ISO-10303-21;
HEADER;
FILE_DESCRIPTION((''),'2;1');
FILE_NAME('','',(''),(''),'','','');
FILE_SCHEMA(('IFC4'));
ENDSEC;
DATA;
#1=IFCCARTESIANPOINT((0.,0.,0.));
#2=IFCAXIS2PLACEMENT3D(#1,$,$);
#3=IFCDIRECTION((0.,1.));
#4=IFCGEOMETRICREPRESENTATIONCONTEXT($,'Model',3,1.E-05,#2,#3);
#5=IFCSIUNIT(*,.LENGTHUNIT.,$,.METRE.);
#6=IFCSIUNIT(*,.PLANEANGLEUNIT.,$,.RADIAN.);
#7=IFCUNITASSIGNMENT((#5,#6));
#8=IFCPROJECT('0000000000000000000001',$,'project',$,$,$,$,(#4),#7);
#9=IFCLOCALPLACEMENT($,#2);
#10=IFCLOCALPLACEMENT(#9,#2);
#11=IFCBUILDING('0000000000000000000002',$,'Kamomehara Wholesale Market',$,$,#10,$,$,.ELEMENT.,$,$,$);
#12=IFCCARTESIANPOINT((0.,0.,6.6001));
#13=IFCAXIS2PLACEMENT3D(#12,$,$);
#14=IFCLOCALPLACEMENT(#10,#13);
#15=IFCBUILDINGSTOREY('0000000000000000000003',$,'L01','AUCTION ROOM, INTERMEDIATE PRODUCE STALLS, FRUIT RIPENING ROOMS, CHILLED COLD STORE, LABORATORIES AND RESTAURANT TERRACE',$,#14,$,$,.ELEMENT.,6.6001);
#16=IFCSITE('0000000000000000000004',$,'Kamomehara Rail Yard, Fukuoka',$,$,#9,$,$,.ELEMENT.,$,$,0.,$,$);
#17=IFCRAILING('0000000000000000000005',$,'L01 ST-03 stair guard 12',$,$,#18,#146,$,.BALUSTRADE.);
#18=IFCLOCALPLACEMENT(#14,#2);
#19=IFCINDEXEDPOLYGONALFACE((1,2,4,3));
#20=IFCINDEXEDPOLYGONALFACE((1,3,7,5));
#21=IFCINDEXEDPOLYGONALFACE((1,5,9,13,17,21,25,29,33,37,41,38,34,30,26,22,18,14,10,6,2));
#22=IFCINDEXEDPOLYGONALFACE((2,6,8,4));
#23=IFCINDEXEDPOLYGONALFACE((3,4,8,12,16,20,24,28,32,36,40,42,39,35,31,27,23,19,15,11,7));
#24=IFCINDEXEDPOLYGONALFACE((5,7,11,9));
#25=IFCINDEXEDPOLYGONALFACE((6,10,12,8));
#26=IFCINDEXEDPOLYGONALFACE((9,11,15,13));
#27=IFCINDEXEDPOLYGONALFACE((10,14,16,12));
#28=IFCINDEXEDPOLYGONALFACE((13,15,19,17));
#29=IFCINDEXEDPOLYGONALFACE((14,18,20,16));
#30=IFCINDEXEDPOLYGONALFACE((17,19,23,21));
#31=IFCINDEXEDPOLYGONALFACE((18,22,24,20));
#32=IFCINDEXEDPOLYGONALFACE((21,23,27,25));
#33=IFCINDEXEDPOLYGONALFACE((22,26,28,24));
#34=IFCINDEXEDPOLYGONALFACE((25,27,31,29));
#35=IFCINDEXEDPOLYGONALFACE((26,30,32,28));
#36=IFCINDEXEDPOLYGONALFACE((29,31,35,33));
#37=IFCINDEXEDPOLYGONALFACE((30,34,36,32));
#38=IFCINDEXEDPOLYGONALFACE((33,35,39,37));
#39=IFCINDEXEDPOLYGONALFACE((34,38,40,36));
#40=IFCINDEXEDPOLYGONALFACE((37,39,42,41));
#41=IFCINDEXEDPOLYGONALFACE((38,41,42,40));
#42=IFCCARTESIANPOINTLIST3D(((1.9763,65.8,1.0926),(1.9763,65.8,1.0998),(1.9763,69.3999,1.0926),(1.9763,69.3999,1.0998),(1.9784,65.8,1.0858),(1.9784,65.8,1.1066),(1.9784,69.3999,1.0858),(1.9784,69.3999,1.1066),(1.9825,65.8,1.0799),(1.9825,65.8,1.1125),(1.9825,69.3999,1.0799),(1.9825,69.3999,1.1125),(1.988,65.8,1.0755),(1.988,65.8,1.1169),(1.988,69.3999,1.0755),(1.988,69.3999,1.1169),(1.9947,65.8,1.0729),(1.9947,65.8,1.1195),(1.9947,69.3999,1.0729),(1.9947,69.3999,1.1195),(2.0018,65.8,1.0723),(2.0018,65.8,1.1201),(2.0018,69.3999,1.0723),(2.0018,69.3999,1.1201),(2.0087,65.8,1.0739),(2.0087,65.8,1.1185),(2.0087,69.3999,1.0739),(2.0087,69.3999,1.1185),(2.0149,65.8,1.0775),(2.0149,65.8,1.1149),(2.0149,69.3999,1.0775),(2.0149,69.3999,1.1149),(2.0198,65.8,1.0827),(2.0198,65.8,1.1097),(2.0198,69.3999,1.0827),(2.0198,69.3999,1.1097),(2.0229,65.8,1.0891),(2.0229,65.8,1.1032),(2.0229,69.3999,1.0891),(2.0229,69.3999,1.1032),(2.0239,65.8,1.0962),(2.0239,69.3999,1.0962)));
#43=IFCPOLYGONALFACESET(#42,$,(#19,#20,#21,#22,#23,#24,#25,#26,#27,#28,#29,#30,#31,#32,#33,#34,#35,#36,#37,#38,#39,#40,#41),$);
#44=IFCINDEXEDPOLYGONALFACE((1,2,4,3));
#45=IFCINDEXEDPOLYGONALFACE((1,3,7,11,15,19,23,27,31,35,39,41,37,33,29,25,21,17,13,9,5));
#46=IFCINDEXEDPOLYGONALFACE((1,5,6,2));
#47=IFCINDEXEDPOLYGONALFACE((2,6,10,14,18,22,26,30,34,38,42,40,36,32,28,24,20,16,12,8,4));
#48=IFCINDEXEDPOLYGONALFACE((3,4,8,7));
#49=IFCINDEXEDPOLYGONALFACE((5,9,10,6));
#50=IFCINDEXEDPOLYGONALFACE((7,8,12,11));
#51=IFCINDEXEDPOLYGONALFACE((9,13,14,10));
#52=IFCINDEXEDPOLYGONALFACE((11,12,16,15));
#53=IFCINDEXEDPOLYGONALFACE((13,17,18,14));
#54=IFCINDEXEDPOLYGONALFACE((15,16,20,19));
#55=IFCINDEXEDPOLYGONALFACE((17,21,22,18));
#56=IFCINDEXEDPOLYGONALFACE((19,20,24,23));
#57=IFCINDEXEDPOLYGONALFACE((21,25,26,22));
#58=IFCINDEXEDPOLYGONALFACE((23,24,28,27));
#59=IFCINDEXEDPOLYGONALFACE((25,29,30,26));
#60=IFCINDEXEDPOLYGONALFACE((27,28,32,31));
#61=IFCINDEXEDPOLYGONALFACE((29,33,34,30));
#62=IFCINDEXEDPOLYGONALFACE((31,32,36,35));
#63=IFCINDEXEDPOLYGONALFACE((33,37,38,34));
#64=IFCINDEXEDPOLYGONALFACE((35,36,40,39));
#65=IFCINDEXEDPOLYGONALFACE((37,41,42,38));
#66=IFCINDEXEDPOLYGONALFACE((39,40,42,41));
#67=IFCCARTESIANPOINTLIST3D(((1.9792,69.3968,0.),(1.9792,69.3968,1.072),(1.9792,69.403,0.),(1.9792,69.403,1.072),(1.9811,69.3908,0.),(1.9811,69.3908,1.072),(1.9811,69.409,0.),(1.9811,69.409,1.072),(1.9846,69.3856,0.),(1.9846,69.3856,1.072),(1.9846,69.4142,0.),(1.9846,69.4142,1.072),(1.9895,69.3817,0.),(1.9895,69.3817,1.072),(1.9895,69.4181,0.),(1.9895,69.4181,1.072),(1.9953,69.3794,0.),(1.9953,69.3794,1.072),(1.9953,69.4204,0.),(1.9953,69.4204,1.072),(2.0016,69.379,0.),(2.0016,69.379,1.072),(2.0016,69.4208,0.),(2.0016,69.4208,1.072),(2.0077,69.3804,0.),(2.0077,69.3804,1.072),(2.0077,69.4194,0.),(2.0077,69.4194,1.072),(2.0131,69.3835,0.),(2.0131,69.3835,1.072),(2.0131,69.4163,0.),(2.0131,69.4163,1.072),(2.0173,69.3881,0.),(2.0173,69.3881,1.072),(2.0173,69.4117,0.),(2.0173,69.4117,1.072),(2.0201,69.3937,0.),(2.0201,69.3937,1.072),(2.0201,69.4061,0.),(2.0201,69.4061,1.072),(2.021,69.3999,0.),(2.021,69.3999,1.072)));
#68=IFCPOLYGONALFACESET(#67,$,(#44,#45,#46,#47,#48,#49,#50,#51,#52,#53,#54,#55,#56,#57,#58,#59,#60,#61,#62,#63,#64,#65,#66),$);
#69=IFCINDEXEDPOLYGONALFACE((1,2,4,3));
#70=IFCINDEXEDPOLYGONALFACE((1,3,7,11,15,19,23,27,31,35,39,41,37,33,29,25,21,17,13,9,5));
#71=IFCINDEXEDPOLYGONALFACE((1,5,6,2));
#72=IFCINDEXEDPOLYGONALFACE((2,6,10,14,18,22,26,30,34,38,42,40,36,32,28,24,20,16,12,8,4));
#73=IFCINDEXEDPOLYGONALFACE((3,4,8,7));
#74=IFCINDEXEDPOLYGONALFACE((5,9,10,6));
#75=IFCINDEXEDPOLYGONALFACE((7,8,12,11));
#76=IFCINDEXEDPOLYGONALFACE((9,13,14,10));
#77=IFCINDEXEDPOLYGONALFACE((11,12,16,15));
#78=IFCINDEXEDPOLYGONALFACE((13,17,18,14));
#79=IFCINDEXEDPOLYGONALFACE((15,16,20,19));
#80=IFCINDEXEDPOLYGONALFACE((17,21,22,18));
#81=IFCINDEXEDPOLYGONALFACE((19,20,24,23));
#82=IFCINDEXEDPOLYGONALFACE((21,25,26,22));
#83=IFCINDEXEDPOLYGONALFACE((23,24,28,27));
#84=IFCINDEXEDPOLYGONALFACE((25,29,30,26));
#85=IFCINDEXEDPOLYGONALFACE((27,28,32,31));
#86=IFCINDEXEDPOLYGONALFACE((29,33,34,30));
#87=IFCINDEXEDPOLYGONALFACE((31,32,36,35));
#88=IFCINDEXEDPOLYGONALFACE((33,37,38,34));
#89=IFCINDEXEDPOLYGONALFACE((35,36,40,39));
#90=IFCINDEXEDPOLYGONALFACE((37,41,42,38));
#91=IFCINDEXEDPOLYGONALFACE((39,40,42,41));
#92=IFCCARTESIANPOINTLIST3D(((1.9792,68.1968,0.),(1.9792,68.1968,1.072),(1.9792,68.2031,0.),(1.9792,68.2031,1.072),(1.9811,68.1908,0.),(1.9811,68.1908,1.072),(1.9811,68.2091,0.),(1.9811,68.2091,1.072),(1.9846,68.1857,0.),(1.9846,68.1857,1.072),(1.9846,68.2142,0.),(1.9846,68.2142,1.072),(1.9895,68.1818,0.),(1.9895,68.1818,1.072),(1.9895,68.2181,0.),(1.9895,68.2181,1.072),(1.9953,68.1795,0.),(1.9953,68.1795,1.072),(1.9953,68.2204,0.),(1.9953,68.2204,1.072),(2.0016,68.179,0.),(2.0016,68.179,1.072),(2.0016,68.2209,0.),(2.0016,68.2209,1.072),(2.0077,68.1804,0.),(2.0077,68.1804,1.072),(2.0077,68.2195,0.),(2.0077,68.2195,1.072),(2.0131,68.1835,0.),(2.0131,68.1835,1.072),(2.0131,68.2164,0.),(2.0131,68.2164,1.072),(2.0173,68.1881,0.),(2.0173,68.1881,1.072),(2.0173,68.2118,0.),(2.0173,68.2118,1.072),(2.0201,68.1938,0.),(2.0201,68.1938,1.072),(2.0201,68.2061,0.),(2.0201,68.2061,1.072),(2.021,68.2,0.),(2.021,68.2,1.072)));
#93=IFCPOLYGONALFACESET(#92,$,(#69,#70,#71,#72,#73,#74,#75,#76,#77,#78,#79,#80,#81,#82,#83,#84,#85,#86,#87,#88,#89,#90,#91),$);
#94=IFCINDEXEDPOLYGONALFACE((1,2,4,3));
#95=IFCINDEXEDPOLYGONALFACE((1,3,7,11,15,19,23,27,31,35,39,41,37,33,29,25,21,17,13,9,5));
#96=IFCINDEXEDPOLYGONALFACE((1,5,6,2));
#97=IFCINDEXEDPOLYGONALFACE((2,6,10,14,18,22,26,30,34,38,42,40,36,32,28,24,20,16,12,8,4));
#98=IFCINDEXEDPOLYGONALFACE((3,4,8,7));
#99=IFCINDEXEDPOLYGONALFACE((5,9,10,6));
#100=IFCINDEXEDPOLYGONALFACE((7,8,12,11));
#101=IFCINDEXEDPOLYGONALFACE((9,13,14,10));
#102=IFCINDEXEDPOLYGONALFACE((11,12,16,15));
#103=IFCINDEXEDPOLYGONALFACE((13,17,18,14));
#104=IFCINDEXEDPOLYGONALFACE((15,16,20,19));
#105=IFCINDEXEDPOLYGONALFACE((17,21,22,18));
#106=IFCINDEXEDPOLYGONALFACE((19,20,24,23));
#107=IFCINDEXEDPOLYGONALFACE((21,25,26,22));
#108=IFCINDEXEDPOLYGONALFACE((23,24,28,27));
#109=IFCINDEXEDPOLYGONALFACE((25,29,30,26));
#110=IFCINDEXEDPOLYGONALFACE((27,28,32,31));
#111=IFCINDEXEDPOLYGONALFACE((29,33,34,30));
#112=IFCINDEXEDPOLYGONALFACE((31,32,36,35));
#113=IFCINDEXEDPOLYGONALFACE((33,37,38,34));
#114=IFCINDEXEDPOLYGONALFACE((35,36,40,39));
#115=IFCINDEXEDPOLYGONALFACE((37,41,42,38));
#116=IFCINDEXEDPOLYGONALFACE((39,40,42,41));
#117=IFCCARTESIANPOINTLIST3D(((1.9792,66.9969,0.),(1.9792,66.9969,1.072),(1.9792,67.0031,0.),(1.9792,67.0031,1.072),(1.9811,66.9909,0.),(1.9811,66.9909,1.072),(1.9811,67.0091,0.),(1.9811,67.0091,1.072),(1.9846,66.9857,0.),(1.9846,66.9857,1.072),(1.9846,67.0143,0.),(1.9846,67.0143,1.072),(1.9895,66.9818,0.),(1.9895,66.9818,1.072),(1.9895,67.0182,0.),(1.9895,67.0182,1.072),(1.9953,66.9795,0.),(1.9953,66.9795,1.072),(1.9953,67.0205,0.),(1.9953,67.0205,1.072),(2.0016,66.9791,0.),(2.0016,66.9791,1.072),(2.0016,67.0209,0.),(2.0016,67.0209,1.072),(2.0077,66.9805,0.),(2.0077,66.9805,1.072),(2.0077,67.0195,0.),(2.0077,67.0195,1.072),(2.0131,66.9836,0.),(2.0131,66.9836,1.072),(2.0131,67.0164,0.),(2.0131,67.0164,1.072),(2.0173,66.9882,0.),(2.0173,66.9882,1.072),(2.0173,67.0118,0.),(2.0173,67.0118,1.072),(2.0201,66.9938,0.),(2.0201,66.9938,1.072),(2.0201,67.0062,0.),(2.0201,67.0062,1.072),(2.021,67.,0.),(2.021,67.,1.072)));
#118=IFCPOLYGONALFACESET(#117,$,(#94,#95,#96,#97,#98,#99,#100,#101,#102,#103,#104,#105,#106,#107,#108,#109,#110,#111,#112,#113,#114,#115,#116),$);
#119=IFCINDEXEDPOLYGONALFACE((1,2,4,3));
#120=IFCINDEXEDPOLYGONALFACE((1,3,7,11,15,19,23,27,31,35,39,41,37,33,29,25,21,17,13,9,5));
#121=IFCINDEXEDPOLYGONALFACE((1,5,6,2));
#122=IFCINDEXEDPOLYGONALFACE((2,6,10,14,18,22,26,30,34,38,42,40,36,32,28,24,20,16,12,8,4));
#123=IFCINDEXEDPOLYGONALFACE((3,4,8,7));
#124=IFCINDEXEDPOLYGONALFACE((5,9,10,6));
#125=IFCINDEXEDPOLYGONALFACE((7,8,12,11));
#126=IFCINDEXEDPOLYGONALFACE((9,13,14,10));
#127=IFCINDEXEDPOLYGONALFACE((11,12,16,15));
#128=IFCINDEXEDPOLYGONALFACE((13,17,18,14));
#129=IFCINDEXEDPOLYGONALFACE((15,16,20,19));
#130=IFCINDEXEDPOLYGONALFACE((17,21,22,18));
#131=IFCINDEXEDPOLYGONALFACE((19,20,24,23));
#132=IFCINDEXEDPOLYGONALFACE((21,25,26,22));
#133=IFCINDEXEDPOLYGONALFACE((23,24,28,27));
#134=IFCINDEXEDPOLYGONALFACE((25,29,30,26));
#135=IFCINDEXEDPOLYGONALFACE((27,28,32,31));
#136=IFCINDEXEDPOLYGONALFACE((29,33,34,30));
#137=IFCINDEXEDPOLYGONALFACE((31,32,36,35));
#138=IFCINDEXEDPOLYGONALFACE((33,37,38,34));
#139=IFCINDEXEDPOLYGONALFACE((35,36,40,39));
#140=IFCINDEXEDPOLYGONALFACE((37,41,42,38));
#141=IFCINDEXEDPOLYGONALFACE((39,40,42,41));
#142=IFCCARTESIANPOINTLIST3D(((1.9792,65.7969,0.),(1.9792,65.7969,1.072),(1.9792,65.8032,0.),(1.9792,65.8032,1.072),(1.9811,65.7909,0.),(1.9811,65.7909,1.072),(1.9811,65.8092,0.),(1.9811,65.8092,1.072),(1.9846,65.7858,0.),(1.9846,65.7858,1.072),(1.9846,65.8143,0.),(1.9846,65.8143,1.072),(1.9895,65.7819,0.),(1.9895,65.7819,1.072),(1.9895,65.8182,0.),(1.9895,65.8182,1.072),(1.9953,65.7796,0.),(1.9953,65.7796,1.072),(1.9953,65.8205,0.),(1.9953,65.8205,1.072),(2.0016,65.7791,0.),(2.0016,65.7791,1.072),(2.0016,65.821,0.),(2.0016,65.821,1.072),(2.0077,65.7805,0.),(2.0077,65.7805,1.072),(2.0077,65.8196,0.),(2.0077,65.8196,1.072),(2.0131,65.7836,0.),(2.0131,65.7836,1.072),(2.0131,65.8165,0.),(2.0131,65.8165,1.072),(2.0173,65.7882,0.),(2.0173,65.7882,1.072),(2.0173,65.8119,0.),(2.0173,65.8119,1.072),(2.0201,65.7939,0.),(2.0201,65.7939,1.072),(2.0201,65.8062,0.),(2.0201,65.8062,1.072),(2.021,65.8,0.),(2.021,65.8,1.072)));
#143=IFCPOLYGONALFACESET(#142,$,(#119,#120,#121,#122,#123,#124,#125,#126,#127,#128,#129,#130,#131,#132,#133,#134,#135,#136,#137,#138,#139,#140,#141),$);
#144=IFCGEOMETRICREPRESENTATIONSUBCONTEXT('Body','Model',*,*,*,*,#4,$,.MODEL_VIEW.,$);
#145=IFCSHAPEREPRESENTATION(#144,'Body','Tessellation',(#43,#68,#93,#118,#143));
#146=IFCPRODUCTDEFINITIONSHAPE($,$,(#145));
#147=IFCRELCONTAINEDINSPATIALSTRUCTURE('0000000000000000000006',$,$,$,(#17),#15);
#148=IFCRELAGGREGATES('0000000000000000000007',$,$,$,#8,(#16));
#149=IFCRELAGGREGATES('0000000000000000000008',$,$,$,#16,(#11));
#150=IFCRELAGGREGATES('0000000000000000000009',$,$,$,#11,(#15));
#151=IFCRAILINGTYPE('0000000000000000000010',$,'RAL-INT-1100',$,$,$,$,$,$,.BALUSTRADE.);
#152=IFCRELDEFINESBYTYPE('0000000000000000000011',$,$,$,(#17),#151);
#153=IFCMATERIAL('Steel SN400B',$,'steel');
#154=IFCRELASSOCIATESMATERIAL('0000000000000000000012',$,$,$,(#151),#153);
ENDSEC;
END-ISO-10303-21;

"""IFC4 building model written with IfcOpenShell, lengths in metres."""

from ifc_helpers import new_model, si_unit, direction, frame, origin, origin_2d, place, context, subcontext, project, spatial, circle, extrude, material, type_object, element, save


model = new_model("IFC4")

# Units and contexts
model_context = context("Model", 3, precision=1e-05, world=origin(), true_north=direction((0.0, 1.0)))
body_context = subcontext(model_context, "Body", "Model", "MODEL_VIEW")
ifc_project = project(units=[si_unit("LENGTHUNIT", "METRE"), si_unit("PLANEANGLEUNIT", "RADIAN")], contexts=[model_context])

# Site, building, storey
site_placement = place(None, origin())
site = spatial("IfcSite", under=ifc_project, at=site_placement, Name="Kamomehara Rail Yard, Fukuoka", CompositionType="ELEMENT", RefElevation=0.0)
building_placement = place(site_placement, origin())
building = spatial("IfcBuilding", under=site, at=building_placement, Name="Kamomehara Wholesale Market", CompositionType="ELEMENT")
storey_placement = place(building_placement, frame((0.0, 0.0, 6.6001)))
storey = spatial("IfcBuildingStorey", under=building, at=storey_placement, Name="L01", Description="AUCTION ROOM, INTERMEDIATE PRODUCE STALLS, FRUIT RIPENING ROOMS, CHILLED COLD STORE, LABORATORIES AND RESTAURANT TERRACE", CompositionType="ELEMENT", Elevation=6.6001)

# Railing
ifc_material_1 = material(Name="Steel SN400B", Category="steel")
railing_type_1 = type_object("IfcRailingType", Name="RAL-INT-1100", PredefinedType="BALUSTRADE", material=ifc_material_1)
railing_1_placement = place(storey_placement, frame((2.0, 69.3999, 0.0)))
element("IfcRailing", 1, at=railing_1_placement, inside=storey, type_object=railing_type_1, Name="L01 ST-03 stair guard 12", PredefinedType="BALUSTRADE", context=body_context, shape_type="SweptSolid", body=[
    extrude(circle(Radius=0.0239, at=origin_2d()), frame((0.0, 0.0, 1.0962), z_axis=(0.0, -1.0, 0.0), x_axis=(1.0, 0.0, 0.0)), (0.0, 0.0, 1.0), 3.5999),
    extrude(circle(Radius=0.021, at=origin_2d()), origin(), (0.0, 0.0, 1.0), 1.072),
    extrude(circle(Radius=0.021, at=origin_2d()), frame((0.0, -1.2, 0.0)), (0.0, 0.0, 1.0), 1.072),
    extrude(circle(Radius=0.021, at=origin_2d()), frame((0.0, -2.3999, 0.0)), (0.0, 0.0, 1.0), 1.072),
    extrude(circle(Radius=0.021, at=origin_2d()), frame((0.0, -3.5999, 0.0)), (0.0, 0.0, 1.0), 1.072),
])

save(model, "model.ifc")
